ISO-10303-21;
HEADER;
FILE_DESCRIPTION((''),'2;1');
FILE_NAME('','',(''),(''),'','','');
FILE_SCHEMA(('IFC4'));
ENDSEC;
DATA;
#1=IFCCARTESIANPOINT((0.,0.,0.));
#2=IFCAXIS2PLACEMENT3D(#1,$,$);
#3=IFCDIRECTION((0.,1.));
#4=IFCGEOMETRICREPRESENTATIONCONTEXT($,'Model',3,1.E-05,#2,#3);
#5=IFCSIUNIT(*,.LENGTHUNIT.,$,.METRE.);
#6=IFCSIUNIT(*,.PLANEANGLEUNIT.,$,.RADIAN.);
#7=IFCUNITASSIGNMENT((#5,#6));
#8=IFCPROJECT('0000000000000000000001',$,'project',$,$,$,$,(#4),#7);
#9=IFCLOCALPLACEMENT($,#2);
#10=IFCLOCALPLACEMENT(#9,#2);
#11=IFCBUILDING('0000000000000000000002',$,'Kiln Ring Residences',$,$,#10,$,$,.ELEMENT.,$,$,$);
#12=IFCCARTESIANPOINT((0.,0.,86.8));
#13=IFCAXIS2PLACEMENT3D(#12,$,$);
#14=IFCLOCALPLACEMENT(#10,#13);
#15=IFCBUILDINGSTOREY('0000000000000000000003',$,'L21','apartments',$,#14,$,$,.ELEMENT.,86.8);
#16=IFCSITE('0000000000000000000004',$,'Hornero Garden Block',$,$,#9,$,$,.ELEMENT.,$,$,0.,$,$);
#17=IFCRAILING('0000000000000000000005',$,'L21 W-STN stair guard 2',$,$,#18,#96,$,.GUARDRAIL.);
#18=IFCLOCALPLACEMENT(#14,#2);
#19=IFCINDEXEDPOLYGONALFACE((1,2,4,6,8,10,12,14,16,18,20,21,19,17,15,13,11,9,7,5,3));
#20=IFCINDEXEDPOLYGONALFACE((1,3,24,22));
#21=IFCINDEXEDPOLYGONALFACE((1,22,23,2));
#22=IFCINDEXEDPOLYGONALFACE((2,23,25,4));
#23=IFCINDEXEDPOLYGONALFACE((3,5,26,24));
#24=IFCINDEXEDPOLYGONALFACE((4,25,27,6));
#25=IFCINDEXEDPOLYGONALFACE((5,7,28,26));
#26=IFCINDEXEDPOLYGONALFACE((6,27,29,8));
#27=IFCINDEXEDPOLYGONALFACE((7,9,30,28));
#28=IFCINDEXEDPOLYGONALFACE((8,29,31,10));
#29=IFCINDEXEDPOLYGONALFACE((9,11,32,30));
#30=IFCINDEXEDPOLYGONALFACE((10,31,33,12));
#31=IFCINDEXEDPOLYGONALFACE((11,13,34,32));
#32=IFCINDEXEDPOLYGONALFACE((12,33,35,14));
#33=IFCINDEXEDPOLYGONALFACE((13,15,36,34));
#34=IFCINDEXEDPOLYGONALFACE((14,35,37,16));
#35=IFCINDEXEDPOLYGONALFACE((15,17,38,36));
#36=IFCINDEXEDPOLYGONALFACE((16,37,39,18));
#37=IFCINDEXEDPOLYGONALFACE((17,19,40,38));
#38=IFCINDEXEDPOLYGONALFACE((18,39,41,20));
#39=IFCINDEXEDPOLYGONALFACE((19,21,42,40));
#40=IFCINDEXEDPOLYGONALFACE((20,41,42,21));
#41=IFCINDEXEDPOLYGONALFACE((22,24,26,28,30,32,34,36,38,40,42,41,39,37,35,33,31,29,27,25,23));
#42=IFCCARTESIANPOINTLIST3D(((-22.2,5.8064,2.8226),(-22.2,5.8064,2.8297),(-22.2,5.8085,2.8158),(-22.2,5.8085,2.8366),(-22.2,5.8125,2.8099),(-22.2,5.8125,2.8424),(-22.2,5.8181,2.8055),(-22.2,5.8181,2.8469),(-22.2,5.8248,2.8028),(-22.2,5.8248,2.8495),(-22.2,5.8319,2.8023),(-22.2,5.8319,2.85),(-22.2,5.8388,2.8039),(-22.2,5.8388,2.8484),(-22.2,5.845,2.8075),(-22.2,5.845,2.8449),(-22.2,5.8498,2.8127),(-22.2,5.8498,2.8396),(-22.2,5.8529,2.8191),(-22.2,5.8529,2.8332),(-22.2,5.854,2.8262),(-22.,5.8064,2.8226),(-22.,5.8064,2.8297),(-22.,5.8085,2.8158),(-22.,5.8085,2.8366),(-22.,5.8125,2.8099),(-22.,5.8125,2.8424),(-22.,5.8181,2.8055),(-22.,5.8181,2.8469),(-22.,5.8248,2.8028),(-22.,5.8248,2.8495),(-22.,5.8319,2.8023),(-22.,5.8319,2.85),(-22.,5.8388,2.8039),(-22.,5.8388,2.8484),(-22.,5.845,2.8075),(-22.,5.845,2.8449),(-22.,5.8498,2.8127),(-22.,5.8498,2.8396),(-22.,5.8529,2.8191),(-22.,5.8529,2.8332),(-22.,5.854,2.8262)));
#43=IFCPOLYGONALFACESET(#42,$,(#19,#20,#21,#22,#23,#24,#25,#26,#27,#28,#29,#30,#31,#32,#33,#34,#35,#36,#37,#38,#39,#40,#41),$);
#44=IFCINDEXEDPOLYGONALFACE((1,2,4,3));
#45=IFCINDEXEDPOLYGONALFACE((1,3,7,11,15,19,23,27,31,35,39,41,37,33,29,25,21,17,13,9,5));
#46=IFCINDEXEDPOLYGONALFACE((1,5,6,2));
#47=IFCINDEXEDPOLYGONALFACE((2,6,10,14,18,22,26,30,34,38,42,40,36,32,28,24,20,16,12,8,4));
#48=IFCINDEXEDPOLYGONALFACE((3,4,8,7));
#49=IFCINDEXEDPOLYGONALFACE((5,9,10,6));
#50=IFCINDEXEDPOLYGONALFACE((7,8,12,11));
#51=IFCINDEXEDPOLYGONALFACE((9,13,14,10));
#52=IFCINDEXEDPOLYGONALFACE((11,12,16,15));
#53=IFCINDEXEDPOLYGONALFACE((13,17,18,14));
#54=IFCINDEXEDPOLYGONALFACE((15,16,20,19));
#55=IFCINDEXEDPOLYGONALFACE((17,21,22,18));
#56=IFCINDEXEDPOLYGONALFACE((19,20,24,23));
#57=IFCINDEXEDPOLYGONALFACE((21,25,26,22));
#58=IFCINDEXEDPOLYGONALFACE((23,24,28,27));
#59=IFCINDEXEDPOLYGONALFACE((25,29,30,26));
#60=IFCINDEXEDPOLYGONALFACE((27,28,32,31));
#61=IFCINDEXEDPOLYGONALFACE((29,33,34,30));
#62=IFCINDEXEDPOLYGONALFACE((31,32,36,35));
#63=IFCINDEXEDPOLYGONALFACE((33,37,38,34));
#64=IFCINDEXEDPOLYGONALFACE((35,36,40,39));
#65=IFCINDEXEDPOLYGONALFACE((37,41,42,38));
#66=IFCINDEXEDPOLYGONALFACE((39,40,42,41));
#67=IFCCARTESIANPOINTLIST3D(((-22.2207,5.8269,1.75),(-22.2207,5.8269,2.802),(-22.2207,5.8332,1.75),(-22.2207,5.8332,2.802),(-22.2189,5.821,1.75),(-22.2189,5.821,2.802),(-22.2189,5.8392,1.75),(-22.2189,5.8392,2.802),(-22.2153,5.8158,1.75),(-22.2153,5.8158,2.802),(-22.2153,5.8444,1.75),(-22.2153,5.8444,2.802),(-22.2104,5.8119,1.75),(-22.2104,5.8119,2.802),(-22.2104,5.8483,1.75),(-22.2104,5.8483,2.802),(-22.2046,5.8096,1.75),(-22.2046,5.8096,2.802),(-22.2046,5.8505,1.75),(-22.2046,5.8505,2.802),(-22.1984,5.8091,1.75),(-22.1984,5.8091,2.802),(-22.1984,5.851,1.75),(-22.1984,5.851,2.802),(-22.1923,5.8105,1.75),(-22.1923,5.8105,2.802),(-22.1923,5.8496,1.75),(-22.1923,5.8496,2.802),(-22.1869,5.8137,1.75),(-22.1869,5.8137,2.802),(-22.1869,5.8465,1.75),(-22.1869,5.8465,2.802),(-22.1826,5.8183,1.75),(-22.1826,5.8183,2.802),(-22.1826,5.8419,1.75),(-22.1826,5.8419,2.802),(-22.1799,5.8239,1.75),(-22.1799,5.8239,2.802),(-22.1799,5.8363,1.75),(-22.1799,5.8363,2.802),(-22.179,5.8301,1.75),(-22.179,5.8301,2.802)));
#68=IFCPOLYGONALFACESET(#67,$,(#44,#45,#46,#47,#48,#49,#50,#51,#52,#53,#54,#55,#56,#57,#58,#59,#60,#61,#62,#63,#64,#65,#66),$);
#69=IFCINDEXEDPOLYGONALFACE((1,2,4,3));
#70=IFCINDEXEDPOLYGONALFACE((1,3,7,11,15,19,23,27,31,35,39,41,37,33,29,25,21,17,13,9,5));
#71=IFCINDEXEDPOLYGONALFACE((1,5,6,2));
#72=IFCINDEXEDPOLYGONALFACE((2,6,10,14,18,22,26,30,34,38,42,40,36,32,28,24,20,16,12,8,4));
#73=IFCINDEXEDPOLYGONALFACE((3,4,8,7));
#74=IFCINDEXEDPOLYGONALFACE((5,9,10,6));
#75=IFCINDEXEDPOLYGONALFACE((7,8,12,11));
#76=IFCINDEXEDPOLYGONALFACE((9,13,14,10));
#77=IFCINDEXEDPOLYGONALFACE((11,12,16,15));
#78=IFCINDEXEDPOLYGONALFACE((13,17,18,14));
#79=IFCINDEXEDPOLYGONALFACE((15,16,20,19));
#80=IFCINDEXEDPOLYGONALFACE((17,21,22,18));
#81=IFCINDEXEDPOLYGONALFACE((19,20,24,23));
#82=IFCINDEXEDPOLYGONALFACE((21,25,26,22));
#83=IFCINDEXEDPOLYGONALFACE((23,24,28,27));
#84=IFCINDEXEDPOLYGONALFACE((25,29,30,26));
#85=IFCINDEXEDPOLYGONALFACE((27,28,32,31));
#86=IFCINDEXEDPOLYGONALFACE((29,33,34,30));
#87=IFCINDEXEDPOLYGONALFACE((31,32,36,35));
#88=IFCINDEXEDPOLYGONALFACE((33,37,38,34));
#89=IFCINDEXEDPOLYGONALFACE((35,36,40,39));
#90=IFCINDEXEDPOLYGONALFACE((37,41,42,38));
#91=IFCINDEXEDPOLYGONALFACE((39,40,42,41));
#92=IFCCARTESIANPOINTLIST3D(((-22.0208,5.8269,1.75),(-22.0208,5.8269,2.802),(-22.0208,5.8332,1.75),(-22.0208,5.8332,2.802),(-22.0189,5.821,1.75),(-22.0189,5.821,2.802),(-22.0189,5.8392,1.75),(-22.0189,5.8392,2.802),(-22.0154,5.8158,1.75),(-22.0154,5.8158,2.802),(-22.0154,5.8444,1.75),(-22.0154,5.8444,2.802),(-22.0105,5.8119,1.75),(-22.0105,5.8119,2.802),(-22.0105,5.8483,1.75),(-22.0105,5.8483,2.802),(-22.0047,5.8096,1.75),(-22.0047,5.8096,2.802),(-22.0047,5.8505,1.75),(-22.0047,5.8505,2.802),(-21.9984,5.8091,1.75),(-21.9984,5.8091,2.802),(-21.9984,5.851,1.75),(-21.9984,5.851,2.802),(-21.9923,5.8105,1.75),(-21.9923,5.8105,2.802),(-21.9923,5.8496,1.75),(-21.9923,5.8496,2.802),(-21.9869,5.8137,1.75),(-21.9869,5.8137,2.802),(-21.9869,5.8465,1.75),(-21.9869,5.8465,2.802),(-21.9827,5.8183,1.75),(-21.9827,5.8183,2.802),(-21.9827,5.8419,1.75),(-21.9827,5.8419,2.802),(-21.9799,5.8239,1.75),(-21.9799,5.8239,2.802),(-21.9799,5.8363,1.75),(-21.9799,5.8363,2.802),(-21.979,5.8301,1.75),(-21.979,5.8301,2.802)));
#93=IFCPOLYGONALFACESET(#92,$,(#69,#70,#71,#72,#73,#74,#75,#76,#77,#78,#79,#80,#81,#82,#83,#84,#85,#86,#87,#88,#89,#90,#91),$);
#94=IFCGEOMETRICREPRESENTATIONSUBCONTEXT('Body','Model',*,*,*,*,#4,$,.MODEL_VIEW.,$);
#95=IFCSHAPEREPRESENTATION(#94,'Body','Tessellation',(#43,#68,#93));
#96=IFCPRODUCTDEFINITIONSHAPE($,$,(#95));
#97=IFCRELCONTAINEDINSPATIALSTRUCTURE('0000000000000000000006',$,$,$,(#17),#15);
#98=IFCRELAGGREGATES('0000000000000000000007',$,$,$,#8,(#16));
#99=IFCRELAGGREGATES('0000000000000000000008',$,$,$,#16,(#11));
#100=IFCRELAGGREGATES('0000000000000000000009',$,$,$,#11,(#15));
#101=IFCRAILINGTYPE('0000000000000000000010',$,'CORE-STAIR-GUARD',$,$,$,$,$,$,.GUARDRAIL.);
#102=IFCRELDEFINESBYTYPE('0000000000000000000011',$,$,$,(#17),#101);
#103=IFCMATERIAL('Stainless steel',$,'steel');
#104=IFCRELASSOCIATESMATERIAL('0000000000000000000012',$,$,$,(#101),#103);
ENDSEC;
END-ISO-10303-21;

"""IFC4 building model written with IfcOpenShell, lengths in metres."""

from ifc_helpers import new_model, si_unit, direction, frame, origin, origin_2d, place, context, subcontext, project, spatial, circle, extrude, material, type_object, element, save


model = new_model("IFC4")

# Units and contexts
model_context = context("Model", 3, precision=1e-05, world=origin(), true_north=direction((0.0, 1.0)))
body_context = subcontext(model_context, "Body", "Model", "MODEL_VIEW")
ifc_project = project(units=[si_unit("LENGTHUNIT", "METRE"), si_unit("PLANEANGLEUNIT", "RADIAN")], contexts=[model_context])

# Site, building, storey
site_placement = place(None, origin())
site = spatial("IfcSite", under=ifc_project, at=site_placement, Name="Hornero Garden Block", CompositionType="ELEMENT", RefElevation=0.0)
building_placement = place(site_placement, origin())
building = spatial("IfcBuilding", under=site, at=building_placement, Name="Kiln Ring Residences", CompositionType="ELEMENT")
storey_placement = place(building_placement, frame((0.0, 0.0, 86.8)))
storey = spatial("IfcBuildingStorey", under=building, at=storey_placement, Name="L21", Description="apartments", CompositionType="ELEMENT", Elevation=86.8)

# Railing
ifc_material_1 = material(Name="Stainless steel", Category="steel")
railing_type_1 = type_object("IfcRailingType", Name="CORE-STAIR-GUARD", PredefinedType="GUARDRAIL", material=ifc_material_1)
railing_1_placement = place(storey_placement, frame((-22.2, 5.8301, 1.75)))
element("IfcRailing", 1, at=railing_1_placement, inside=storey, type_object=railing_type_1, Name="L21 W-STN stair guard 2", PredefinedType="GUARDRAIL", context=body_context, shape_type="SweptSolid", body=[
    extrude(circle(Radius=0.0239, at=origin_2d()), frame((0.0, 0.0, 1.0762), z_axis=(1.0, 0.0, 0.0), x_axis=(0.0, 1.0, 0.0)), (0.0, 0.0, 1.0), 0.2),
    extrude(circle(Radius=0.021, at=origin_2d()), origin(), (0.0, 0.0, 1.0), 1.052),
    extrude(circle(Radius=0.021, at=origin_2d()), frame((0.2, 0.0, 0.0)), (0.0, 0.0, 1.0), 1.052),
])

save(model, "model.ifc")
